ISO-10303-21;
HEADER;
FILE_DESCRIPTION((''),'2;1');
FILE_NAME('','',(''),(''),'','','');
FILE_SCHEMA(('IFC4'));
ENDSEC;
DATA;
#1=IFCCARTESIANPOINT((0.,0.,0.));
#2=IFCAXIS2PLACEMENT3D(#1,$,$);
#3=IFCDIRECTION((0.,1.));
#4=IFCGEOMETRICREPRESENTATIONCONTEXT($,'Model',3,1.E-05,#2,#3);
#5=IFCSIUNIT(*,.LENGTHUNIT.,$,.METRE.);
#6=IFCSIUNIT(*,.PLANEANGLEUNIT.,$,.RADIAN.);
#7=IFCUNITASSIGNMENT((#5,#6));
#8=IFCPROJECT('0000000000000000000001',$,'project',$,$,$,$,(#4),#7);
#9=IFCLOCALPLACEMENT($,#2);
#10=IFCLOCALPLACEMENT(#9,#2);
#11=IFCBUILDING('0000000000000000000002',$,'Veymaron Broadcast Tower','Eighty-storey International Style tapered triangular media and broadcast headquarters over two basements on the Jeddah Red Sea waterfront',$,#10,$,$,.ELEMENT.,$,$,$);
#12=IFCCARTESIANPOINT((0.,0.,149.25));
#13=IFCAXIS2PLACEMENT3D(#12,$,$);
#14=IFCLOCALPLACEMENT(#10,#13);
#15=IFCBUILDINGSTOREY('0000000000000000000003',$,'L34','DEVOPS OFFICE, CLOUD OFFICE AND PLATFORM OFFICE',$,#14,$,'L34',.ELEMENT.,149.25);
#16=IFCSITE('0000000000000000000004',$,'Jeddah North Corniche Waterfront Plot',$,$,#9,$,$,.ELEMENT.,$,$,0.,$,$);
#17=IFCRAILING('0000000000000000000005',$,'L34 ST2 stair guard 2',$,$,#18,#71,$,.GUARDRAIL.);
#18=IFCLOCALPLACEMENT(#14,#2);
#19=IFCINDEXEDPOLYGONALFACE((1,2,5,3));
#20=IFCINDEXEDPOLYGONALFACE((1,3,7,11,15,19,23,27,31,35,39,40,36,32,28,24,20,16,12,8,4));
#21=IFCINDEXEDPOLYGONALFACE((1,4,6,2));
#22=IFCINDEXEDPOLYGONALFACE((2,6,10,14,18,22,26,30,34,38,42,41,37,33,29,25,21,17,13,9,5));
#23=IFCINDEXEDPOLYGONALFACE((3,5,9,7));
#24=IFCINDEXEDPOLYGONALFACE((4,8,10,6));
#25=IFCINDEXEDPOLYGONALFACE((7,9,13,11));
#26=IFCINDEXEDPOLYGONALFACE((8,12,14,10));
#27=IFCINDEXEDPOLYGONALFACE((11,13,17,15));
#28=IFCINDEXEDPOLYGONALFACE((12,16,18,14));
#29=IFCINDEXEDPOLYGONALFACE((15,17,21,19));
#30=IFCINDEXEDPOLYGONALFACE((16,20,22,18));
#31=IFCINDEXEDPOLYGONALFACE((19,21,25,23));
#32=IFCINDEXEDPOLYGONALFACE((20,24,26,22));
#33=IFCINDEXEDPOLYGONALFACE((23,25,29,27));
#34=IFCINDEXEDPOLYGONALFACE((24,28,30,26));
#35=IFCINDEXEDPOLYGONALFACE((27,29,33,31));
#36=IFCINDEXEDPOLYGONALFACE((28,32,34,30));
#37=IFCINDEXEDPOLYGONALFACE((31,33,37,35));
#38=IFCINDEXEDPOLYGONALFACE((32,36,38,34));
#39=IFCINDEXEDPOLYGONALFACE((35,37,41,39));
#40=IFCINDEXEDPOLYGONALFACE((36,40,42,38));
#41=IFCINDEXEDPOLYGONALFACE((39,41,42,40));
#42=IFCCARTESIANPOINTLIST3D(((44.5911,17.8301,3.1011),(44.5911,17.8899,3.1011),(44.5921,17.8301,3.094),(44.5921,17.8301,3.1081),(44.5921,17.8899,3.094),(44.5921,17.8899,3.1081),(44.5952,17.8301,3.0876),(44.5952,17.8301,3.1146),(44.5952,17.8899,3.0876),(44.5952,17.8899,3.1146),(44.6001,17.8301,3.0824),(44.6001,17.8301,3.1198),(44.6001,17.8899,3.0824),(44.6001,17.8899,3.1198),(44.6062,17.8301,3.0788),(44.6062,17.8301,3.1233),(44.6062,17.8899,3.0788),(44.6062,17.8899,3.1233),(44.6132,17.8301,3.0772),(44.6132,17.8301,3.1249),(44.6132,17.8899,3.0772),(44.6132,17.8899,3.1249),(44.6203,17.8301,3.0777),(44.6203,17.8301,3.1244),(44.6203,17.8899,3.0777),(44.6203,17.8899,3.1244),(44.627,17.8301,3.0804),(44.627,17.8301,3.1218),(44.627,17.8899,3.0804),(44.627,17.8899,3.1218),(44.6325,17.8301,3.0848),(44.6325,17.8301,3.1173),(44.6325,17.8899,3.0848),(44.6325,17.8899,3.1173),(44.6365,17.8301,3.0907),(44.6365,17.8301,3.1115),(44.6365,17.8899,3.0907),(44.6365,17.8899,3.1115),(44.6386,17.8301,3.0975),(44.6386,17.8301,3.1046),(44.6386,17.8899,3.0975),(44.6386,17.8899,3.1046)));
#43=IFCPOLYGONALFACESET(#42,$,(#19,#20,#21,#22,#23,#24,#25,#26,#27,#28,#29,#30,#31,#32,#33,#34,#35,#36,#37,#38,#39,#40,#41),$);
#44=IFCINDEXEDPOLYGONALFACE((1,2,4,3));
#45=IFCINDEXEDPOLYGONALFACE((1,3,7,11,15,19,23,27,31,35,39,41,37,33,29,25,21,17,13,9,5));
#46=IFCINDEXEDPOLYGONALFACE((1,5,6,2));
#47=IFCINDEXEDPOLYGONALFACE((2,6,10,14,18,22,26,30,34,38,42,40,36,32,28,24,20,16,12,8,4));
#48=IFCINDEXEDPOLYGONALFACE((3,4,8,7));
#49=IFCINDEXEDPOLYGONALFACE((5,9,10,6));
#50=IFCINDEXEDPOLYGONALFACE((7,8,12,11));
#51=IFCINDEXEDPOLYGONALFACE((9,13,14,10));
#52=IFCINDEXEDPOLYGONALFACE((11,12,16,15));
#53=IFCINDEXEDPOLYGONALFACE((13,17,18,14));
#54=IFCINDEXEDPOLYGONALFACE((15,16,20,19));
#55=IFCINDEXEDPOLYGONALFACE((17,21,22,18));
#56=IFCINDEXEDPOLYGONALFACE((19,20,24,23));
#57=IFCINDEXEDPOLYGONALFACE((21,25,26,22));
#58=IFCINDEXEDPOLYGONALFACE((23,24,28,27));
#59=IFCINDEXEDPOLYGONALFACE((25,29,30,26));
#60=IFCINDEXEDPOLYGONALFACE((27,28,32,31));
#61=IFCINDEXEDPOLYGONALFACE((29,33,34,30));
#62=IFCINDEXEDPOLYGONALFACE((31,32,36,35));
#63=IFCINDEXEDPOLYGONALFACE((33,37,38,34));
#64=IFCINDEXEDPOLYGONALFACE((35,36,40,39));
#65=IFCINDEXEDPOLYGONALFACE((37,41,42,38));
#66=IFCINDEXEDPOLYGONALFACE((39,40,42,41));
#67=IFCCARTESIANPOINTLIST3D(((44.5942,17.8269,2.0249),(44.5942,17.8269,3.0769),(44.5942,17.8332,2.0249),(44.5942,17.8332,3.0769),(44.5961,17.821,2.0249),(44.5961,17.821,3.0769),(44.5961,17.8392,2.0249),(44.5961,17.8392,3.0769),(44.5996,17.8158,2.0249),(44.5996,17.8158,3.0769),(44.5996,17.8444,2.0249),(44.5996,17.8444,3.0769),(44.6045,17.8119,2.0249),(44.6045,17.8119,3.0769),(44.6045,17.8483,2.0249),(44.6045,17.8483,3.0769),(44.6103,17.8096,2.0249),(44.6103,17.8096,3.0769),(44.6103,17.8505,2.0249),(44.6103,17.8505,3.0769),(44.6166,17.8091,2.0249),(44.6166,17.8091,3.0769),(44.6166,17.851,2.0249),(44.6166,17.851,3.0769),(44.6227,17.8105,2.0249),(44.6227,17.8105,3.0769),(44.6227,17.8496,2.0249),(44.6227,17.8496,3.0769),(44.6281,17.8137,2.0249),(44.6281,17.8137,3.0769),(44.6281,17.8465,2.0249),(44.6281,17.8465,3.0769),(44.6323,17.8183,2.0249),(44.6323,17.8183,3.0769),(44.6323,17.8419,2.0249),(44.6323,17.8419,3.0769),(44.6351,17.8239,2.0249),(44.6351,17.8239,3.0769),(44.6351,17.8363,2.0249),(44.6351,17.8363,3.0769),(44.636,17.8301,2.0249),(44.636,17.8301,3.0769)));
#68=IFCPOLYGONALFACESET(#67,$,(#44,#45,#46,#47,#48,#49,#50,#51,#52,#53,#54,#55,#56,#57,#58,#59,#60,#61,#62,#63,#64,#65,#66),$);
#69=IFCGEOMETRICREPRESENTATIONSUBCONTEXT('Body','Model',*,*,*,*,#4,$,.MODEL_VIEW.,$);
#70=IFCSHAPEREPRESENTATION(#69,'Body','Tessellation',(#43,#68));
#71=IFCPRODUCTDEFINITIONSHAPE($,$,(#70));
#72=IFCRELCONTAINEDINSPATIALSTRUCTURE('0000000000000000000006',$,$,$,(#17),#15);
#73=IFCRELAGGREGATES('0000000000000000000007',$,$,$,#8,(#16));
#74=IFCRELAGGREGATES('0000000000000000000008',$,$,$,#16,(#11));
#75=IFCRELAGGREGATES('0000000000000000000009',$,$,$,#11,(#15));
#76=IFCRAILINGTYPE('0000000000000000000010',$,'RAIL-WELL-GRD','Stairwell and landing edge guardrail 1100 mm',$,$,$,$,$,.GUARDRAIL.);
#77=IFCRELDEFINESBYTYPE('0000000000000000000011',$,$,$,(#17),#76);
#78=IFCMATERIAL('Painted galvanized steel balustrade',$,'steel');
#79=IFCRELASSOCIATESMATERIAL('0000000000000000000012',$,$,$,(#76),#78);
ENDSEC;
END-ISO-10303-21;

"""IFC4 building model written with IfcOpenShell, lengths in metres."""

from ifc_helpers import new_model, si_unit, direction, frame, origin, origin_2d, place, context, subcontext, project, spatial, circle, extrude, material, type_object, element, save


model = new_model("IFC4")

# Units and contexts
model_context = context("Model", 3, precision=1e-05, world=origin(), true_north=direction((0.0, 1.0)))
body_context = subcontext(model_context, "Body", "Model", "MODEL_VIEW")
ifc_project = project(units=[si_unit("LENGTHUNIT", "METRE"), si_unit("PLANEANGLEUNIT", "RADIAN")], contexts=[model_context])

# Site, building, storey
site_placement = place(None, origin())
site = spatial("IfcSite", under=ifc_project, at=site_placement, Name="Jeddah North Corniche Waterfront Plot", CompositionType="ELEMENT", RefElevation=0.0)
building_placement = place(site_placement, origin())
building = spatial("IfcBuilding", under=site, at=building_placement, Name="Veymaron Broadcast Tower", Description="Eighty-storey International Style tapered triangular media and broadcast headquarters over two basements on the Jeddah Red Sea waterfront", CompositionType="ELEMENT")
storey_placement = place(building_placement, frame((0.0, 0.0, 149.25)))
storey = spatial("IfcBuildingStorey", under=building, at=storey_placement, Name="L34", Description="DEVOPS OFFICE, CLOUD OFFICE AND PLATFORM OFFICE", LongName="L34", CompositionType="ELEMENT", Elevation=149.25)

# Railing
ifc_material_1 = material(Name="Painted galvanized steel balustrade", Category="steel")
railing_type_1 = type_object("IfcRailingType", Name="RAIL-WELL-GRD", Description="Stairwell and landing edge guardrail 1100 mm", PredefinedType="GUARDRAIL", material=ifc_material_1)
railing_1_placement = place(storey_placement, frame((44.615, 17.8301, 2.0249)))
element("IfcRailing", 1, at=railing_1_placement, inside=storey, type_object=railing_type_1, Name="L34 ST2 stair guard 2", PredefinedType="GUARDRAIL", context=body_context, shape_type="SweptSolid", body=[
    extrude(circle(Radius=0.0239, at=origin_2d()), frame((0.0, 0.0, 1.0762), z_axis=(0.0, 1.0, 0.0), x_axis=(-1.0, 0.0, 0.0)), (0.0, 0.0, 1.0), 0.0598),
    extrude(circle(Radius=0.021, at=origin_2d()), origin(), (0.0, 0.0, 1.0), 1.052),
])

save(model, "model.ifc")
